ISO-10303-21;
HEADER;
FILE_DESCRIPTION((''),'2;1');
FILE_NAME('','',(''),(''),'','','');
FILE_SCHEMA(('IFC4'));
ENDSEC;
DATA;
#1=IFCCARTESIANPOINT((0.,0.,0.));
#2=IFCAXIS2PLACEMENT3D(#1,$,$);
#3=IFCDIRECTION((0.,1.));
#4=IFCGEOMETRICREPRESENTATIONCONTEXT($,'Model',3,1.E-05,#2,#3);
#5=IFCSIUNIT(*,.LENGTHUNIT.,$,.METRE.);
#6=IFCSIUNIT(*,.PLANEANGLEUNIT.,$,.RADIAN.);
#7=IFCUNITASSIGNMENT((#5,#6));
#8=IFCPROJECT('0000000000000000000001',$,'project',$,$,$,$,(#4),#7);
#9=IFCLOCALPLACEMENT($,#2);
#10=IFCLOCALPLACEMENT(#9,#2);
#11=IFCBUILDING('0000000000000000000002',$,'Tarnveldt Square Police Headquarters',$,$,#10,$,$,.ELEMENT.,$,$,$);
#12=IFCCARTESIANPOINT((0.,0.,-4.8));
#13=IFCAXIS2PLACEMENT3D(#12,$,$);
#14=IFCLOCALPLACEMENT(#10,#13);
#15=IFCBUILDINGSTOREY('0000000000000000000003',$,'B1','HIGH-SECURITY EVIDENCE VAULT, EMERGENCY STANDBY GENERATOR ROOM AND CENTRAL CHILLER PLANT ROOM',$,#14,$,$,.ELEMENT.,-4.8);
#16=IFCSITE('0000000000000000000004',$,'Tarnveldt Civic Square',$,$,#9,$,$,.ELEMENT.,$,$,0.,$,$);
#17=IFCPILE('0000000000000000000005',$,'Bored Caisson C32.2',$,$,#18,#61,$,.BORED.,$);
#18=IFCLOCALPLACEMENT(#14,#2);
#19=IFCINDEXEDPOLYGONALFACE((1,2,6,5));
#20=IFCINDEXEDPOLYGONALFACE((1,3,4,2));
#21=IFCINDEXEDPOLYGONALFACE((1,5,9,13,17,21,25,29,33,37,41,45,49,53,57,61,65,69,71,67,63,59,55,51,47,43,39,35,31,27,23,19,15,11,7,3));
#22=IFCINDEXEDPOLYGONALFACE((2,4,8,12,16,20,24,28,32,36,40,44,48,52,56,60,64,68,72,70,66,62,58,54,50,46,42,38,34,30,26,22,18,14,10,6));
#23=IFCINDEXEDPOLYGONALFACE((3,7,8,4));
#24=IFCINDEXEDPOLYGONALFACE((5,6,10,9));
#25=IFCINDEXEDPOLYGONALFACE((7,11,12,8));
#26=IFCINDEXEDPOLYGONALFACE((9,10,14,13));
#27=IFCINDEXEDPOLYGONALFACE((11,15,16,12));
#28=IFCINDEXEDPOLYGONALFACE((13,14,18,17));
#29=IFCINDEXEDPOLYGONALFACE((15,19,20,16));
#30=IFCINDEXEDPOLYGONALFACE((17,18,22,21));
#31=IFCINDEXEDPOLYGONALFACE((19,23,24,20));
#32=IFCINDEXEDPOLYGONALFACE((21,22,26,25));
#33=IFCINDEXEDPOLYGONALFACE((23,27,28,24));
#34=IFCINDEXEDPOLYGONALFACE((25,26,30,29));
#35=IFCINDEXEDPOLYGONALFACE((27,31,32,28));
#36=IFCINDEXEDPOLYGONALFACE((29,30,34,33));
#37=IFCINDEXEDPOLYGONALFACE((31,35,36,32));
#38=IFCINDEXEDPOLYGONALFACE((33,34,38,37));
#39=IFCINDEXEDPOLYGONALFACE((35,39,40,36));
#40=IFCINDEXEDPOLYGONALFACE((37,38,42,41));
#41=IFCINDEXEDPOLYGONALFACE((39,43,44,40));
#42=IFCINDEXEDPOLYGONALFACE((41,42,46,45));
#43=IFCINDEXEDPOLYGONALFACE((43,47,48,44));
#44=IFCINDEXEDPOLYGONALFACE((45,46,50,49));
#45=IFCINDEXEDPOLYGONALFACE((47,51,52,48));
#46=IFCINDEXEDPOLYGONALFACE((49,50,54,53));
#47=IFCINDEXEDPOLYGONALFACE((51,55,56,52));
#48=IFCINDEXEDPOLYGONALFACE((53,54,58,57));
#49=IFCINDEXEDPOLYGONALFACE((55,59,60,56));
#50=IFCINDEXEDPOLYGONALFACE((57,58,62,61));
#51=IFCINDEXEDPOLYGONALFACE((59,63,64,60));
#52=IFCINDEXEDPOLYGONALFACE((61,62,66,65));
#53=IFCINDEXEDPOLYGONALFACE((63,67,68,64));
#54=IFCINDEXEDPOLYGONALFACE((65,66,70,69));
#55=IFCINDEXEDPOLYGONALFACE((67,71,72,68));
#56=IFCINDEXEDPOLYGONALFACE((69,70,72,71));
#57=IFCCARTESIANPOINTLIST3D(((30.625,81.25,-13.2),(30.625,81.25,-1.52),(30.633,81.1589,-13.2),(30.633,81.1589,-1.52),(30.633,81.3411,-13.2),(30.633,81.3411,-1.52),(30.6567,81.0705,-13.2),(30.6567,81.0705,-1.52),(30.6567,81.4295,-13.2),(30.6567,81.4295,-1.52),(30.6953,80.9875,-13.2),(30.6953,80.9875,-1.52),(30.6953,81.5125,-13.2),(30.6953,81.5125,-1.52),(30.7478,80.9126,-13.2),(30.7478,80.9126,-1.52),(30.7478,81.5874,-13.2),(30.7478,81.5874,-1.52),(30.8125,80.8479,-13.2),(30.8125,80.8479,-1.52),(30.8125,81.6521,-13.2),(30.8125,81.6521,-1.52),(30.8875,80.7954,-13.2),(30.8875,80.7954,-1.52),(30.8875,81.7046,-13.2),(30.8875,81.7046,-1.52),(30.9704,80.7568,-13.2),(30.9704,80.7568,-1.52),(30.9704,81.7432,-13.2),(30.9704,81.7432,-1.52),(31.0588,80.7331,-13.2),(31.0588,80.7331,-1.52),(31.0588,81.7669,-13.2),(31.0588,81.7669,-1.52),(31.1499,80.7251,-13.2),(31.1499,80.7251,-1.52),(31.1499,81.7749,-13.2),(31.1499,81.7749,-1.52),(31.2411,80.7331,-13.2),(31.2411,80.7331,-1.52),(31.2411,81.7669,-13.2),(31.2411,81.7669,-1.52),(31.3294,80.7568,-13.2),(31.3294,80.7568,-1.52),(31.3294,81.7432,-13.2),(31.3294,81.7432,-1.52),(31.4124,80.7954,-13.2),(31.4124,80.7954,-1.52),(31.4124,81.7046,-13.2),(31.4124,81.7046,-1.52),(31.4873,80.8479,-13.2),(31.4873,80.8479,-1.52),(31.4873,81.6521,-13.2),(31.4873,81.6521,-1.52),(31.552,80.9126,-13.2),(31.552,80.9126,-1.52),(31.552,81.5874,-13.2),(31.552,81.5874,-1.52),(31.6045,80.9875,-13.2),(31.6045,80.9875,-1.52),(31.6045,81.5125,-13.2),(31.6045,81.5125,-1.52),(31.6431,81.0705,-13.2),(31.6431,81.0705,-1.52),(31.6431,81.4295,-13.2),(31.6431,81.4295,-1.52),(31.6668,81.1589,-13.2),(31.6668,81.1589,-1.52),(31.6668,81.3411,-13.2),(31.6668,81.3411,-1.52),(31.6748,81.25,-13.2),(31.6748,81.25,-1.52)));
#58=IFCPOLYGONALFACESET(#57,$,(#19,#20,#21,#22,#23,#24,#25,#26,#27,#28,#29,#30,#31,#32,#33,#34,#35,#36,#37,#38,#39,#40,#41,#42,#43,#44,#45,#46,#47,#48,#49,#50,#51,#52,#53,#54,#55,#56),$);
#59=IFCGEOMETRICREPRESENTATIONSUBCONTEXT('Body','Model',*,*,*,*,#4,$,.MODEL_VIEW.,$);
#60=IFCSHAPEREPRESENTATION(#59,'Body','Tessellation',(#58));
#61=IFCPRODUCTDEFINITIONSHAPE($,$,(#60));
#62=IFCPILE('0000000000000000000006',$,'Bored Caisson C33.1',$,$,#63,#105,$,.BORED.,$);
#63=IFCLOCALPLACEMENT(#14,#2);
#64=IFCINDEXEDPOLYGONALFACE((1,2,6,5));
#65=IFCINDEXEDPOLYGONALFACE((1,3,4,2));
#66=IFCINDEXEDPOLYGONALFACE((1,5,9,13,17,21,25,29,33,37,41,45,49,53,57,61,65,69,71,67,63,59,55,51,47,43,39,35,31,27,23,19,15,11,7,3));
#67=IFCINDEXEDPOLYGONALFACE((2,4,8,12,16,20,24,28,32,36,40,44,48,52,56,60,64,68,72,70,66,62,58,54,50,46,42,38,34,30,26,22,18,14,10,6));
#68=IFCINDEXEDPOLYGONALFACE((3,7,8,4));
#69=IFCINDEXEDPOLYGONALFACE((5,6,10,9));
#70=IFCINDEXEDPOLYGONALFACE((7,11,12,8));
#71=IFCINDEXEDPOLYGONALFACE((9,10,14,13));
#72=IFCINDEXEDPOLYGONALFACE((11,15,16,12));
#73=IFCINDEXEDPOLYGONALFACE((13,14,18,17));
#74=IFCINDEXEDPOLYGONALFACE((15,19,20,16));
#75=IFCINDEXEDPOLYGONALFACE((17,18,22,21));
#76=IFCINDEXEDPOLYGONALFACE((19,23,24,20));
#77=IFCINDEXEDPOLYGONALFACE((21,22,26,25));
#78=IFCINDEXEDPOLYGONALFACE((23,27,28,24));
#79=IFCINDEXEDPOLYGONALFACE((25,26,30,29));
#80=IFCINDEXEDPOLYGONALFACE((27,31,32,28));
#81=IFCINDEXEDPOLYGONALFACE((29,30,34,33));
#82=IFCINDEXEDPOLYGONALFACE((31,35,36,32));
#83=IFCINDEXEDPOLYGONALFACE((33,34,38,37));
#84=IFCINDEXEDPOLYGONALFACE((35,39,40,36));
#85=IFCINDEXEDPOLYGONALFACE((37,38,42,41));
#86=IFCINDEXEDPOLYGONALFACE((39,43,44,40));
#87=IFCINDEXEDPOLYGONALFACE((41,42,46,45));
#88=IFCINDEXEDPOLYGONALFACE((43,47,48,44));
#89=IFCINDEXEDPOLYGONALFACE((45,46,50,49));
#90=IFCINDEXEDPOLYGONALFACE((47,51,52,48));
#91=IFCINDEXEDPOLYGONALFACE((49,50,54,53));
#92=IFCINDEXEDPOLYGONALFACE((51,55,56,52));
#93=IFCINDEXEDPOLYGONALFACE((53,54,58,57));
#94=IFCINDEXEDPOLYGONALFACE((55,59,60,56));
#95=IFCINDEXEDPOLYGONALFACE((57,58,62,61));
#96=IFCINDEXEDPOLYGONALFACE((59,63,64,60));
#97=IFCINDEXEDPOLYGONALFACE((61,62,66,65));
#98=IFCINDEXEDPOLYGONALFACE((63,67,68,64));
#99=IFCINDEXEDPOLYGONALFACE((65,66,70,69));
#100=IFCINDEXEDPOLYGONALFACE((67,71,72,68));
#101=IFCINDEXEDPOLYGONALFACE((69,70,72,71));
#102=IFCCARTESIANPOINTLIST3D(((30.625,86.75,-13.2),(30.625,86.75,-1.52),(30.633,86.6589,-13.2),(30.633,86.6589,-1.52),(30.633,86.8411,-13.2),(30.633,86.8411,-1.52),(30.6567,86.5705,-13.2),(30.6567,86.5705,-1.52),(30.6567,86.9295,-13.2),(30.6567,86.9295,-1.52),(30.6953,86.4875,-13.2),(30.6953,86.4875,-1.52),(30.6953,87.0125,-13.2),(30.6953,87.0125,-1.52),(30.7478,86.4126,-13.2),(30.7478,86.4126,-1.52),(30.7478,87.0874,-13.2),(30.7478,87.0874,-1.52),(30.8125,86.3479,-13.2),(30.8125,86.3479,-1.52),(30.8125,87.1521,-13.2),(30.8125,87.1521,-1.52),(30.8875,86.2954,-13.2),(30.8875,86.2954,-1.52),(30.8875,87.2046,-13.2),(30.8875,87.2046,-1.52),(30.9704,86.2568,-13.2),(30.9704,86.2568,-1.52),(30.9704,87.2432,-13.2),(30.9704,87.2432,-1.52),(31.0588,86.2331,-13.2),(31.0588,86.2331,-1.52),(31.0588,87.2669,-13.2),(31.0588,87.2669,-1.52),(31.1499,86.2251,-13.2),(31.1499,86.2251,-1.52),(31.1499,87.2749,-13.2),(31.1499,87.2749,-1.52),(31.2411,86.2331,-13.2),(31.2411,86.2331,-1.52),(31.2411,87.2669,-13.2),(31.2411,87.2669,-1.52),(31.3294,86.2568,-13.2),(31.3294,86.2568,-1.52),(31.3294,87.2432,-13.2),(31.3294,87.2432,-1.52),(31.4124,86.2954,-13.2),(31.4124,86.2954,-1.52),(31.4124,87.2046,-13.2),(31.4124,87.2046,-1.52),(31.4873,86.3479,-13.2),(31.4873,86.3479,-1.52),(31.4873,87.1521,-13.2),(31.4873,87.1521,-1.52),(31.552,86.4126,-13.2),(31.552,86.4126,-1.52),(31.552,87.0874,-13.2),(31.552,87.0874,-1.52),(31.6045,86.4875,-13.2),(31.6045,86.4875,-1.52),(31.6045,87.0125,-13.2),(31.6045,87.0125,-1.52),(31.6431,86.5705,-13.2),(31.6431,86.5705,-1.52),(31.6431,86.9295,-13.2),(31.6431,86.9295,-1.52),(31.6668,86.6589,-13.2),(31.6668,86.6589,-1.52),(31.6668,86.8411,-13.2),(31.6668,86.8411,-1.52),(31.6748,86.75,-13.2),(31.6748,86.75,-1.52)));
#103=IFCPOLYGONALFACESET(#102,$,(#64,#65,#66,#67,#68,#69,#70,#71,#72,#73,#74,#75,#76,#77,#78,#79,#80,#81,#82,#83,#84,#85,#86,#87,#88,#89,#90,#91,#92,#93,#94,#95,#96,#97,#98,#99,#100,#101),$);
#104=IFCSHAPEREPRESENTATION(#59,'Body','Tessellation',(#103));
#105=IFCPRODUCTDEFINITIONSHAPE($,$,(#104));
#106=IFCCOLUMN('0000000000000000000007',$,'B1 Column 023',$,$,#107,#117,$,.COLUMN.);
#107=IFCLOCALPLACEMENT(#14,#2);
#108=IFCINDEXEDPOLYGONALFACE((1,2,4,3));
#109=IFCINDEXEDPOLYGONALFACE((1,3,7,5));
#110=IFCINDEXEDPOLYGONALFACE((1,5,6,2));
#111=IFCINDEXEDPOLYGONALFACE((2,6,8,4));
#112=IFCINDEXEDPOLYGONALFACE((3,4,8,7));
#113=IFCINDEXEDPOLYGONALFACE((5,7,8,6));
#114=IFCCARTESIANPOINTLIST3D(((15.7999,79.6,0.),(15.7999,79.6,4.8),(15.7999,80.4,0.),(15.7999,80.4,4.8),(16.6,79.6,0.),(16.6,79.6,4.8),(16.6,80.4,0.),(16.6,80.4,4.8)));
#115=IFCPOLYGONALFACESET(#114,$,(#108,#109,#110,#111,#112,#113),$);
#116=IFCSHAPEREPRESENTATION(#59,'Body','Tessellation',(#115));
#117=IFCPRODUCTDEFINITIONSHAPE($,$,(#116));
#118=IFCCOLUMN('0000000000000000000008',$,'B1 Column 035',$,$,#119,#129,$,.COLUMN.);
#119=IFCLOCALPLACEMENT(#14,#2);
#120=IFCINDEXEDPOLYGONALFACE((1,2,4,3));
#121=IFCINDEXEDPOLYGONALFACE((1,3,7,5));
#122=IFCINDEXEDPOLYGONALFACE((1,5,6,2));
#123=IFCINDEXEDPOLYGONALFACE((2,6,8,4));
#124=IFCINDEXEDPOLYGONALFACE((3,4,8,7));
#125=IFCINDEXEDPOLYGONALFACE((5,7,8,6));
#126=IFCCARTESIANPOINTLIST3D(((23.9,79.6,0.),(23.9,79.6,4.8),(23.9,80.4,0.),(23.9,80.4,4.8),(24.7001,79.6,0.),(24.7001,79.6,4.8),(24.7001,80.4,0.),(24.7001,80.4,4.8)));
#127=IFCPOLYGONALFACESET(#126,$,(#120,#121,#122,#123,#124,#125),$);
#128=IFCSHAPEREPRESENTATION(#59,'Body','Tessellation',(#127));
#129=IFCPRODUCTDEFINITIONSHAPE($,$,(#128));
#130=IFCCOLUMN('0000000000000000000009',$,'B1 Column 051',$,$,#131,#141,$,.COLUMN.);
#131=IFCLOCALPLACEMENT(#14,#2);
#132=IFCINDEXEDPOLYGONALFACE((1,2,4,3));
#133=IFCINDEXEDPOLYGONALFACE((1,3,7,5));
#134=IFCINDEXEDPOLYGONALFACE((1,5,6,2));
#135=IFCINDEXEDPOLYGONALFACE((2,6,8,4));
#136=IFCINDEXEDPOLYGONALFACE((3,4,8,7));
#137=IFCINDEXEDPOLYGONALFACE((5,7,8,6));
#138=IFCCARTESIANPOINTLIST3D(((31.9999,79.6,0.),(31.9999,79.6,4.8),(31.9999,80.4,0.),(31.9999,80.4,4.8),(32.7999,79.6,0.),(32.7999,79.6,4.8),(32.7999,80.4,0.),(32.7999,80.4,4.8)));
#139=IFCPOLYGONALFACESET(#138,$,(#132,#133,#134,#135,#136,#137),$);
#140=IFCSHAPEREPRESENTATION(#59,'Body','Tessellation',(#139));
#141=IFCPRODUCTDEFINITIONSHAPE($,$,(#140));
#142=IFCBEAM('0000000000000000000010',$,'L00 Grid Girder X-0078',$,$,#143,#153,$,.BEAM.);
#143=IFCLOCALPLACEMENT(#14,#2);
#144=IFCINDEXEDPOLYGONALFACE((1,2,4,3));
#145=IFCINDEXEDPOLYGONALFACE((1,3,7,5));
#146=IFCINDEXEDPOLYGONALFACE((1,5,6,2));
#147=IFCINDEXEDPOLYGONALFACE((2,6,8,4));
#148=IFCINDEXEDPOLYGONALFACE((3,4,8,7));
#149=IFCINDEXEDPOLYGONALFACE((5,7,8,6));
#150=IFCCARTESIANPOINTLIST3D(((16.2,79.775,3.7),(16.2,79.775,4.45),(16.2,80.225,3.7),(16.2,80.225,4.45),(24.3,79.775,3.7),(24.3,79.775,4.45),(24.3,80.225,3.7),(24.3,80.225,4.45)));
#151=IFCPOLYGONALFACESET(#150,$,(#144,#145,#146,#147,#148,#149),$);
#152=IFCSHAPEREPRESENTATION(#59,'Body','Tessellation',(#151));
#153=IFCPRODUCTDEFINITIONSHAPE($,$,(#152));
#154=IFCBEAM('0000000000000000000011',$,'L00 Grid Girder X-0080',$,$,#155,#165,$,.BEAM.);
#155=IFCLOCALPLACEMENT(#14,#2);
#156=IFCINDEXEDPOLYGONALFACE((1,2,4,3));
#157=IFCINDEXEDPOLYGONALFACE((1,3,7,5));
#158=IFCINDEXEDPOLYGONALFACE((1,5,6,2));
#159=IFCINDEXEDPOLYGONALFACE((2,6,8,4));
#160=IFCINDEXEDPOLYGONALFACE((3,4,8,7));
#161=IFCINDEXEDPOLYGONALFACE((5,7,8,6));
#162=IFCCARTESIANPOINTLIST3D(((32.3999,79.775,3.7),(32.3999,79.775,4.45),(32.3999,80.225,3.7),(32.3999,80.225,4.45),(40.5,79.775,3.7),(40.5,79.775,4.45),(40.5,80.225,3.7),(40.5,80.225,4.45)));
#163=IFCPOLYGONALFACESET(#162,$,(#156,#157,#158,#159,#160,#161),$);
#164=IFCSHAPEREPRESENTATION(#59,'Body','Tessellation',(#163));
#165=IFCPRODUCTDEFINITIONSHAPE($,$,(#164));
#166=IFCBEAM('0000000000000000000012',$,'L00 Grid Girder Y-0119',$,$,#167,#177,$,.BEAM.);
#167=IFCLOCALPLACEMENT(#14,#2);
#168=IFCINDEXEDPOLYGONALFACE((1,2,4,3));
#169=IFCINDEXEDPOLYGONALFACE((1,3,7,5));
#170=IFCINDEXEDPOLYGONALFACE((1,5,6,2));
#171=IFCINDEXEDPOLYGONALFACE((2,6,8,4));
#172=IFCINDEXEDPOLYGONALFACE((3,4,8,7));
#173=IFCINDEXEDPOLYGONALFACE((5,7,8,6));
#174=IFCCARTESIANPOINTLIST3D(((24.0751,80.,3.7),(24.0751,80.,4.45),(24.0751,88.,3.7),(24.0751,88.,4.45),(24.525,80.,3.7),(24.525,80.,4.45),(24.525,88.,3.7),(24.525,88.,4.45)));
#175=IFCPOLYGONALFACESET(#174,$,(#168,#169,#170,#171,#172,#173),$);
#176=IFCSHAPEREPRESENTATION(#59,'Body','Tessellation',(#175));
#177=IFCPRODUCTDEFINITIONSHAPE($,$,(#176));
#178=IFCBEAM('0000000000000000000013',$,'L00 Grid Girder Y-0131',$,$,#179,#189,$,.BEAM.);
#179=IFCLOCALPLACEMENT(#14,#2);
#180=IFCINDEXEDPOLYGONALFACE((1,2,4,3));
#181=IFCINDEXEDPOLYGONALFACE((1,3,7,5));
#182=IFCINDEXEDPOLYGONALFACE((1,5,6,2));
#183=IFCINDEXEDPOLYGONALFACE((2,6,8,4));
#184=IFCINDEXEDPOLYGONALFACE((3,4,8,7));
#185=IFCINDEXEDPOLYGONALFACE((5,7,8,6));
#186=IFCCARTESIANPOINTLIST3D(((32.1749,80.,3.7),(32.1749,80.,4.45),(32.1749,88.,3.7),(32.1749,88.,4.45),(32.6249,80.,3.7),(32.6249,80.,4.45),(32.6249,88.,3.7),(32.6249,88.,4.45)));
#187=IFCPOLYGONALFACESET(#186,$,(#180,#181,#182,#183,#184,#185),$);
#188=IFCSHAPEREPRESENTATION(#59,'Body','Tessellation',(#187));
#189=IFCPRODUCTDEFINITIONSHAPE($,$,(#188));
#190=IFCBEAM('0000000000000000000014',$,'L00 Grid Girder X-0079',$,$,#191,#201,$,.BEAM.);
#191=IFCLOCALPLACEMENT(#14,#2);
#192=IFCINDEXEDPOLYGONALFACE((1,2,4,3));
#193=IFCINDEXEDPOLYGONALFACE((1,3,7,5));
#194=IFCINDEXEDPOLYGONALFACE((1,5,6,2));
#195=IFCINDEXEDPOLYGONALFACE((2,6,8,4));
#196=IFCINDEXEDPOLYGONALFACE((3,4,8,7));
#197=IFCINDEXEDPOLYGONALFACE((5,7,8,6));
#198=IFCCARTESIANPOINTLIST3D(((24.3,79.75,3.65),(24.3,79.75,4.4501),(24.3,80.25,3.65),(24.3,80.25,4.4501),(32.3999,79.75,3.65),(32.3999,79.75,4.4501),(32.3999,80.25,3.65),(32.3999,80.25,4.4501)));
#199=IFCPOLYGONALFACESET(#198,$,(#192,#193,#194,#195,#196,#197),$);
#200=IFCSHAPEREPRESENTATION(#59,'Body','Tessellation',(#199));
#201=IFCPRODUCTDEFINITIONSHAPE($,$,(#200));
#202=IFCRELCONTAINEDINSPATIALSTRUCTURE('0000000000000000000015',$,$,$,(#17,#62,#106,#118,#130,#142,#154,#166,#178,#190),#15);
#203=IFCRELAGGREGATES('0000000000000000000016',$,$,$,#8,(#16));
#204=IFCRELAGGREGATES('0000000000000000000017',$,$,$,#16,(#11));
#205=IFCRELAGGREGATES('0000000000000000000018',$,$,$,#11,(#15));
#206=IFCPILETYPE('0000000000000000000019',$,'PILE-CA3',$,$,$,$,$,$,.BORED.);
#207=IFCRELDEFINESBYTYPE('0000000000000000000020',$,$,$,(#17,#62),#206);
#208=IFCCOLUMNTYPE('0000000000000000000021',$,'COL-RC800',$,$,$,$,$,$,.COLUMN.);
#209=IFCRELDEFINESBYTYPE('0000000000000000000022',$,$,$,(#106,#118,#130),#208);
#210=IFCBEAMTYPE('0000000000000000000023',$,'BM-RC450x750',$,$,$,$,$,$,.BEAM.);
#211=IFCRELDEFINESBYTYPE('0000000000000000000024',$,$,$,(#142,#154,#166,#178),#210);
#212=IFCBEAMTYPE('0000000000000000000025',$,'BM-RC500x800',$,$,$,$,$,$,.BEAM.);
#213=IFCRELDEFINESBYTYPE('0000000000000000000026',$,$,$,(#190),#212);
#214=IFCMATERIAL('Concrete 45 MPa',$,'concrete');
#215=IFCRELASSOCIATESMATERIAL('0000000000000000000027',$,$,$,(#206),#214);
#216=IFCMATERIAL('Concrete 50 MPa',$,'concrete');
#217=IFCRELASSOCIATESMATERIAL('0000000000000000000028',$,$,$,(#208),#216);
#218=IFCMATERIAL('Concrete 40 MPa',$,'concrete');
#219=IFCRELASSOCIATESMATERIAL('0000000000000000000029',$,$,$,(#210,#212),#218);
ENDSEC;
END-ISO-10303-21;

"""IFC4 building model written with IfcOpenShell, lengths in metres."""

from ifc_helpers import new_model, si_unit, direction, frame, origin, origin_2d, place, context, subcontext, project, spatial, rectangle, circle, extrude, material, material_profile, profile_set, type_object, element, save


model = new_model("IFC4")

# Units and contexts
model_context = context("Model", 3, precision=1e-05, world=origin(), true_north=direction((0.0, 1.0)))
body_context = subcontext(model_context, "Body", "Model", "MODEL_VIEW")
ifc_project = project(units=[si_unit("LENGTHUNIT", "METRE"), si_unit("PLANEANGLEUNIT", "RADIAN")], contexts=[model_context])

# Site, building, storey
site_placement = place(None, origin())
site = spatial("IfcSite", under=ifc_project, at=site_placement, Name="Tarnveldt Civic Square", CompositionType="ELEMENT", RefElevation=0.0)
building_placement = place(site_placement, origin())
building = spatial("IfcBuilding", under=site, at=building_placement, Name="Tarnveldt Square Police Headquarters", CompositionType="ELEMENT")
storey_placement = place(building_placement, frame((0.0, 0.0, -4.8)))
storey = spatial("IfcBuildingStorey", under=building, at=storey_placement, Name="B1", Description="HIGH-SECURITY EVIDENCE VAULT, EMERGENCY STANDBY GENERATOR ROOM AND CENTRAL CHILLER PLANT ROOM", CompositionType="ELEMENT", Elevation=-4.8)

# Shared definitions
ifc_material_1 = material(Name="Concrete 45 MPa", Category="concrete")

# Piles
ifc_material_profile_1 = material_profile(ifc_material_1, circle(Radius=0.5249, at=origin_2d()), Name="CAISSON-D1050")
ifc_profile_set_1 = profile_set([ifc_material_profile_1], Name="Concrete 45 MPa")
pile_type = type_object("IfcPileType", Name="PILE-CA3", PredefinedType="BORED", material=ifc_profile_set_1)
for number, where, z_axis, x_axis, name in (
    (1, (31.1499, 81.25, -1.52), (0.0, 0.0, -1.0), (1.0, 0.0, 0.0), "Bored Caisson C32.2"),
    (2, (31.1499, 86.75, -1.52), (0.0, 0.0, -1.0), (1.0, 0.0, 0.0), "Bored Caisson C33.1"),
):
    element("IfcPile", number, at=place(storey_placement, frame(where, z_axis=z_axis, x_axis=x_axis)), inside=storey, type_object=pile_type, Name=name, PredefinedType="BORED", context=body_context, shape_type="SweptSolid", body=[
        extrude(circle(Radius=0.5249, at=origin_2d()), origin(), (0.0, 0.0, 1.0), 11.6799),
    ])

# Columns
ifc_material_2 = material(Name="Concrete 50 MPa", Category="concrete")
ifc_material_profile_2 = material_profile(ifc_material_2, rectangle(XDim=0.8, YDim=0.8, at=origin_2d()), Name="RC-C800x800")
ifc_profile_set_2 = profile_set([ifc_material_profile_2], Name="Concrete 50 MPa")
column_type = type_object("IfcColumnType", Name="COL-RC800", PredefinedType="COLUMN", material=ifc_profile_set_2)
for number, where, z_axis, x_axis, name in (
    (3, (16.2, 80.0, 0.0), (0.0, 0.0, 1.0), (1.0, 0.0, 0.0), "B1 Column 023"),
    (4, (24.3, 80.0, 0.0), (0.0, 0.0, 1.0), (1.0, 0.0, 0.0), "B1 Column 035"),
    (5, (32.3999, 80.0, 0.0), (0.0, 0.0, 1.0), (1.0, 0.0, 0.0), "B1 Column 051"),
):
    element("IfcColumn", number, at=place(storey_placement, frame(where, z_axis=z_axis, x_axis=x_axis)), inside=storey, type_object=column_type, Name=name, PredefinedType="COLUMN", context=body_context, shape_type="SweptSolid", body=[
        extrude(rectangle(XDim=0.8, YDim=0.8, at=origin_2d()), origin(), (0.0, 0.0, 1.0), 4.8),
    ])

# Beams
ifc_material_3 = material(Name="Concrete 40 MPa", Category="concrete")
ifc_material_profile_3 = material_profile(ifc_material_3, rectangle(XDim=0.45, YDim=0.75, at=origin_2d()), Name="RC-B450x750")
ifc_profile_set_3 = profile_set([ifc_material_profile_3], Name="Concrete 40 MPa")
beam_type_1 = type_object("IfcBeamType", Name="BM-RC450x750", PredefinedType="BEAM", material=ifc_profile_set_3)
for number, where, z_axis, x_axis, name in (
    (6, (16.2, 80.0, 4.075), (1.0, 0.0, 0.0), (0.0, 1.0, 0.0), "L00 Grid Girder X-0078"),
    (7, (32.3999, 80.0, 4.075), (1.0, 0.0, 0.0), (0.0, 1.0, 0.0), "L00 Grid Girder X-0080"),
):
    element("IfcBeam", number, at=place(storey_placement, frame(where, z_axis=z_axis, x_axis=x_axis)), inside=storey, type_object=beam_type_1, Name=name, PredefinedType="BEAM", context=body_context, shape_type="SweptSolid", body=[
        extrude(rectangle(XDim=0.45, YDim=0.75, at=origin_2d()), origin(), (0.0, 0.0, 1.0), 8.1001),
    ])
for number, where, z_axis, x_axis, name in (
    (8, (24.3, 80.0, 4.075), (0.0, 1.0, 0.0), (-1.0, 0.0, 0.0), "L00 Grid Girder Y-0119"),
    (9, (32.3999, 80.0, 4.075), (0.0, 1.0, 0.0), (-1.0, 0.0, 0.0), "L00 Grid Girder Y-0131"),
):
    element("IfcBeam", number, at=place(storey_placement, frame(where, z_axis=z_axis, x_axis=x_axis)), inside=storey, type_object=beam_type_1, Name=name, PredefinedType="BEAM", context=body_context, shape_type="SweptSolid", body=[
        extrude(rectangle(XDim=0.45, YDim=0.75, at=origin_2d()), origin(), (0.0, 0.0, 1.0), 8.0),
    ])
ifc_material_profile_4 = material_profile(ifc_material_3, rectangle(XDim=0.5, YDim=0.8, at=origin_2d()), Name="RC-B500x800")
ifc_profile_set_4 = profile_set([ifc_material_profile_4], Name="Concrete 40 MPa")
beam_type_2 = type_object("IfcBeamType", Name="BM-RC500x800", PredefinedType="BEAM", material=ifc_profile_set_4)
beam_1_placement = place(storey_placement, frame((24.3, 80.0, 4.05), z_axis=(1.0, 0.0, 0.0), x_axis=(0.0, 1.0, 0.0)))
element("IfcBeam", 10, at=beam_1_placement, inside=storey, type_object=beam_type_2, Name="L00 Grid Girder X-0079", PredefinedType="BEAM", context=body_context, shape_type="SweptSolid", body=[
    extrude(rectangle(XDim=0.5, YDim=0.8, at=origin_2d()), origin(), (0.0, 0.0, 1.0), 8.0999),
])

save(model, "model.ifc")
